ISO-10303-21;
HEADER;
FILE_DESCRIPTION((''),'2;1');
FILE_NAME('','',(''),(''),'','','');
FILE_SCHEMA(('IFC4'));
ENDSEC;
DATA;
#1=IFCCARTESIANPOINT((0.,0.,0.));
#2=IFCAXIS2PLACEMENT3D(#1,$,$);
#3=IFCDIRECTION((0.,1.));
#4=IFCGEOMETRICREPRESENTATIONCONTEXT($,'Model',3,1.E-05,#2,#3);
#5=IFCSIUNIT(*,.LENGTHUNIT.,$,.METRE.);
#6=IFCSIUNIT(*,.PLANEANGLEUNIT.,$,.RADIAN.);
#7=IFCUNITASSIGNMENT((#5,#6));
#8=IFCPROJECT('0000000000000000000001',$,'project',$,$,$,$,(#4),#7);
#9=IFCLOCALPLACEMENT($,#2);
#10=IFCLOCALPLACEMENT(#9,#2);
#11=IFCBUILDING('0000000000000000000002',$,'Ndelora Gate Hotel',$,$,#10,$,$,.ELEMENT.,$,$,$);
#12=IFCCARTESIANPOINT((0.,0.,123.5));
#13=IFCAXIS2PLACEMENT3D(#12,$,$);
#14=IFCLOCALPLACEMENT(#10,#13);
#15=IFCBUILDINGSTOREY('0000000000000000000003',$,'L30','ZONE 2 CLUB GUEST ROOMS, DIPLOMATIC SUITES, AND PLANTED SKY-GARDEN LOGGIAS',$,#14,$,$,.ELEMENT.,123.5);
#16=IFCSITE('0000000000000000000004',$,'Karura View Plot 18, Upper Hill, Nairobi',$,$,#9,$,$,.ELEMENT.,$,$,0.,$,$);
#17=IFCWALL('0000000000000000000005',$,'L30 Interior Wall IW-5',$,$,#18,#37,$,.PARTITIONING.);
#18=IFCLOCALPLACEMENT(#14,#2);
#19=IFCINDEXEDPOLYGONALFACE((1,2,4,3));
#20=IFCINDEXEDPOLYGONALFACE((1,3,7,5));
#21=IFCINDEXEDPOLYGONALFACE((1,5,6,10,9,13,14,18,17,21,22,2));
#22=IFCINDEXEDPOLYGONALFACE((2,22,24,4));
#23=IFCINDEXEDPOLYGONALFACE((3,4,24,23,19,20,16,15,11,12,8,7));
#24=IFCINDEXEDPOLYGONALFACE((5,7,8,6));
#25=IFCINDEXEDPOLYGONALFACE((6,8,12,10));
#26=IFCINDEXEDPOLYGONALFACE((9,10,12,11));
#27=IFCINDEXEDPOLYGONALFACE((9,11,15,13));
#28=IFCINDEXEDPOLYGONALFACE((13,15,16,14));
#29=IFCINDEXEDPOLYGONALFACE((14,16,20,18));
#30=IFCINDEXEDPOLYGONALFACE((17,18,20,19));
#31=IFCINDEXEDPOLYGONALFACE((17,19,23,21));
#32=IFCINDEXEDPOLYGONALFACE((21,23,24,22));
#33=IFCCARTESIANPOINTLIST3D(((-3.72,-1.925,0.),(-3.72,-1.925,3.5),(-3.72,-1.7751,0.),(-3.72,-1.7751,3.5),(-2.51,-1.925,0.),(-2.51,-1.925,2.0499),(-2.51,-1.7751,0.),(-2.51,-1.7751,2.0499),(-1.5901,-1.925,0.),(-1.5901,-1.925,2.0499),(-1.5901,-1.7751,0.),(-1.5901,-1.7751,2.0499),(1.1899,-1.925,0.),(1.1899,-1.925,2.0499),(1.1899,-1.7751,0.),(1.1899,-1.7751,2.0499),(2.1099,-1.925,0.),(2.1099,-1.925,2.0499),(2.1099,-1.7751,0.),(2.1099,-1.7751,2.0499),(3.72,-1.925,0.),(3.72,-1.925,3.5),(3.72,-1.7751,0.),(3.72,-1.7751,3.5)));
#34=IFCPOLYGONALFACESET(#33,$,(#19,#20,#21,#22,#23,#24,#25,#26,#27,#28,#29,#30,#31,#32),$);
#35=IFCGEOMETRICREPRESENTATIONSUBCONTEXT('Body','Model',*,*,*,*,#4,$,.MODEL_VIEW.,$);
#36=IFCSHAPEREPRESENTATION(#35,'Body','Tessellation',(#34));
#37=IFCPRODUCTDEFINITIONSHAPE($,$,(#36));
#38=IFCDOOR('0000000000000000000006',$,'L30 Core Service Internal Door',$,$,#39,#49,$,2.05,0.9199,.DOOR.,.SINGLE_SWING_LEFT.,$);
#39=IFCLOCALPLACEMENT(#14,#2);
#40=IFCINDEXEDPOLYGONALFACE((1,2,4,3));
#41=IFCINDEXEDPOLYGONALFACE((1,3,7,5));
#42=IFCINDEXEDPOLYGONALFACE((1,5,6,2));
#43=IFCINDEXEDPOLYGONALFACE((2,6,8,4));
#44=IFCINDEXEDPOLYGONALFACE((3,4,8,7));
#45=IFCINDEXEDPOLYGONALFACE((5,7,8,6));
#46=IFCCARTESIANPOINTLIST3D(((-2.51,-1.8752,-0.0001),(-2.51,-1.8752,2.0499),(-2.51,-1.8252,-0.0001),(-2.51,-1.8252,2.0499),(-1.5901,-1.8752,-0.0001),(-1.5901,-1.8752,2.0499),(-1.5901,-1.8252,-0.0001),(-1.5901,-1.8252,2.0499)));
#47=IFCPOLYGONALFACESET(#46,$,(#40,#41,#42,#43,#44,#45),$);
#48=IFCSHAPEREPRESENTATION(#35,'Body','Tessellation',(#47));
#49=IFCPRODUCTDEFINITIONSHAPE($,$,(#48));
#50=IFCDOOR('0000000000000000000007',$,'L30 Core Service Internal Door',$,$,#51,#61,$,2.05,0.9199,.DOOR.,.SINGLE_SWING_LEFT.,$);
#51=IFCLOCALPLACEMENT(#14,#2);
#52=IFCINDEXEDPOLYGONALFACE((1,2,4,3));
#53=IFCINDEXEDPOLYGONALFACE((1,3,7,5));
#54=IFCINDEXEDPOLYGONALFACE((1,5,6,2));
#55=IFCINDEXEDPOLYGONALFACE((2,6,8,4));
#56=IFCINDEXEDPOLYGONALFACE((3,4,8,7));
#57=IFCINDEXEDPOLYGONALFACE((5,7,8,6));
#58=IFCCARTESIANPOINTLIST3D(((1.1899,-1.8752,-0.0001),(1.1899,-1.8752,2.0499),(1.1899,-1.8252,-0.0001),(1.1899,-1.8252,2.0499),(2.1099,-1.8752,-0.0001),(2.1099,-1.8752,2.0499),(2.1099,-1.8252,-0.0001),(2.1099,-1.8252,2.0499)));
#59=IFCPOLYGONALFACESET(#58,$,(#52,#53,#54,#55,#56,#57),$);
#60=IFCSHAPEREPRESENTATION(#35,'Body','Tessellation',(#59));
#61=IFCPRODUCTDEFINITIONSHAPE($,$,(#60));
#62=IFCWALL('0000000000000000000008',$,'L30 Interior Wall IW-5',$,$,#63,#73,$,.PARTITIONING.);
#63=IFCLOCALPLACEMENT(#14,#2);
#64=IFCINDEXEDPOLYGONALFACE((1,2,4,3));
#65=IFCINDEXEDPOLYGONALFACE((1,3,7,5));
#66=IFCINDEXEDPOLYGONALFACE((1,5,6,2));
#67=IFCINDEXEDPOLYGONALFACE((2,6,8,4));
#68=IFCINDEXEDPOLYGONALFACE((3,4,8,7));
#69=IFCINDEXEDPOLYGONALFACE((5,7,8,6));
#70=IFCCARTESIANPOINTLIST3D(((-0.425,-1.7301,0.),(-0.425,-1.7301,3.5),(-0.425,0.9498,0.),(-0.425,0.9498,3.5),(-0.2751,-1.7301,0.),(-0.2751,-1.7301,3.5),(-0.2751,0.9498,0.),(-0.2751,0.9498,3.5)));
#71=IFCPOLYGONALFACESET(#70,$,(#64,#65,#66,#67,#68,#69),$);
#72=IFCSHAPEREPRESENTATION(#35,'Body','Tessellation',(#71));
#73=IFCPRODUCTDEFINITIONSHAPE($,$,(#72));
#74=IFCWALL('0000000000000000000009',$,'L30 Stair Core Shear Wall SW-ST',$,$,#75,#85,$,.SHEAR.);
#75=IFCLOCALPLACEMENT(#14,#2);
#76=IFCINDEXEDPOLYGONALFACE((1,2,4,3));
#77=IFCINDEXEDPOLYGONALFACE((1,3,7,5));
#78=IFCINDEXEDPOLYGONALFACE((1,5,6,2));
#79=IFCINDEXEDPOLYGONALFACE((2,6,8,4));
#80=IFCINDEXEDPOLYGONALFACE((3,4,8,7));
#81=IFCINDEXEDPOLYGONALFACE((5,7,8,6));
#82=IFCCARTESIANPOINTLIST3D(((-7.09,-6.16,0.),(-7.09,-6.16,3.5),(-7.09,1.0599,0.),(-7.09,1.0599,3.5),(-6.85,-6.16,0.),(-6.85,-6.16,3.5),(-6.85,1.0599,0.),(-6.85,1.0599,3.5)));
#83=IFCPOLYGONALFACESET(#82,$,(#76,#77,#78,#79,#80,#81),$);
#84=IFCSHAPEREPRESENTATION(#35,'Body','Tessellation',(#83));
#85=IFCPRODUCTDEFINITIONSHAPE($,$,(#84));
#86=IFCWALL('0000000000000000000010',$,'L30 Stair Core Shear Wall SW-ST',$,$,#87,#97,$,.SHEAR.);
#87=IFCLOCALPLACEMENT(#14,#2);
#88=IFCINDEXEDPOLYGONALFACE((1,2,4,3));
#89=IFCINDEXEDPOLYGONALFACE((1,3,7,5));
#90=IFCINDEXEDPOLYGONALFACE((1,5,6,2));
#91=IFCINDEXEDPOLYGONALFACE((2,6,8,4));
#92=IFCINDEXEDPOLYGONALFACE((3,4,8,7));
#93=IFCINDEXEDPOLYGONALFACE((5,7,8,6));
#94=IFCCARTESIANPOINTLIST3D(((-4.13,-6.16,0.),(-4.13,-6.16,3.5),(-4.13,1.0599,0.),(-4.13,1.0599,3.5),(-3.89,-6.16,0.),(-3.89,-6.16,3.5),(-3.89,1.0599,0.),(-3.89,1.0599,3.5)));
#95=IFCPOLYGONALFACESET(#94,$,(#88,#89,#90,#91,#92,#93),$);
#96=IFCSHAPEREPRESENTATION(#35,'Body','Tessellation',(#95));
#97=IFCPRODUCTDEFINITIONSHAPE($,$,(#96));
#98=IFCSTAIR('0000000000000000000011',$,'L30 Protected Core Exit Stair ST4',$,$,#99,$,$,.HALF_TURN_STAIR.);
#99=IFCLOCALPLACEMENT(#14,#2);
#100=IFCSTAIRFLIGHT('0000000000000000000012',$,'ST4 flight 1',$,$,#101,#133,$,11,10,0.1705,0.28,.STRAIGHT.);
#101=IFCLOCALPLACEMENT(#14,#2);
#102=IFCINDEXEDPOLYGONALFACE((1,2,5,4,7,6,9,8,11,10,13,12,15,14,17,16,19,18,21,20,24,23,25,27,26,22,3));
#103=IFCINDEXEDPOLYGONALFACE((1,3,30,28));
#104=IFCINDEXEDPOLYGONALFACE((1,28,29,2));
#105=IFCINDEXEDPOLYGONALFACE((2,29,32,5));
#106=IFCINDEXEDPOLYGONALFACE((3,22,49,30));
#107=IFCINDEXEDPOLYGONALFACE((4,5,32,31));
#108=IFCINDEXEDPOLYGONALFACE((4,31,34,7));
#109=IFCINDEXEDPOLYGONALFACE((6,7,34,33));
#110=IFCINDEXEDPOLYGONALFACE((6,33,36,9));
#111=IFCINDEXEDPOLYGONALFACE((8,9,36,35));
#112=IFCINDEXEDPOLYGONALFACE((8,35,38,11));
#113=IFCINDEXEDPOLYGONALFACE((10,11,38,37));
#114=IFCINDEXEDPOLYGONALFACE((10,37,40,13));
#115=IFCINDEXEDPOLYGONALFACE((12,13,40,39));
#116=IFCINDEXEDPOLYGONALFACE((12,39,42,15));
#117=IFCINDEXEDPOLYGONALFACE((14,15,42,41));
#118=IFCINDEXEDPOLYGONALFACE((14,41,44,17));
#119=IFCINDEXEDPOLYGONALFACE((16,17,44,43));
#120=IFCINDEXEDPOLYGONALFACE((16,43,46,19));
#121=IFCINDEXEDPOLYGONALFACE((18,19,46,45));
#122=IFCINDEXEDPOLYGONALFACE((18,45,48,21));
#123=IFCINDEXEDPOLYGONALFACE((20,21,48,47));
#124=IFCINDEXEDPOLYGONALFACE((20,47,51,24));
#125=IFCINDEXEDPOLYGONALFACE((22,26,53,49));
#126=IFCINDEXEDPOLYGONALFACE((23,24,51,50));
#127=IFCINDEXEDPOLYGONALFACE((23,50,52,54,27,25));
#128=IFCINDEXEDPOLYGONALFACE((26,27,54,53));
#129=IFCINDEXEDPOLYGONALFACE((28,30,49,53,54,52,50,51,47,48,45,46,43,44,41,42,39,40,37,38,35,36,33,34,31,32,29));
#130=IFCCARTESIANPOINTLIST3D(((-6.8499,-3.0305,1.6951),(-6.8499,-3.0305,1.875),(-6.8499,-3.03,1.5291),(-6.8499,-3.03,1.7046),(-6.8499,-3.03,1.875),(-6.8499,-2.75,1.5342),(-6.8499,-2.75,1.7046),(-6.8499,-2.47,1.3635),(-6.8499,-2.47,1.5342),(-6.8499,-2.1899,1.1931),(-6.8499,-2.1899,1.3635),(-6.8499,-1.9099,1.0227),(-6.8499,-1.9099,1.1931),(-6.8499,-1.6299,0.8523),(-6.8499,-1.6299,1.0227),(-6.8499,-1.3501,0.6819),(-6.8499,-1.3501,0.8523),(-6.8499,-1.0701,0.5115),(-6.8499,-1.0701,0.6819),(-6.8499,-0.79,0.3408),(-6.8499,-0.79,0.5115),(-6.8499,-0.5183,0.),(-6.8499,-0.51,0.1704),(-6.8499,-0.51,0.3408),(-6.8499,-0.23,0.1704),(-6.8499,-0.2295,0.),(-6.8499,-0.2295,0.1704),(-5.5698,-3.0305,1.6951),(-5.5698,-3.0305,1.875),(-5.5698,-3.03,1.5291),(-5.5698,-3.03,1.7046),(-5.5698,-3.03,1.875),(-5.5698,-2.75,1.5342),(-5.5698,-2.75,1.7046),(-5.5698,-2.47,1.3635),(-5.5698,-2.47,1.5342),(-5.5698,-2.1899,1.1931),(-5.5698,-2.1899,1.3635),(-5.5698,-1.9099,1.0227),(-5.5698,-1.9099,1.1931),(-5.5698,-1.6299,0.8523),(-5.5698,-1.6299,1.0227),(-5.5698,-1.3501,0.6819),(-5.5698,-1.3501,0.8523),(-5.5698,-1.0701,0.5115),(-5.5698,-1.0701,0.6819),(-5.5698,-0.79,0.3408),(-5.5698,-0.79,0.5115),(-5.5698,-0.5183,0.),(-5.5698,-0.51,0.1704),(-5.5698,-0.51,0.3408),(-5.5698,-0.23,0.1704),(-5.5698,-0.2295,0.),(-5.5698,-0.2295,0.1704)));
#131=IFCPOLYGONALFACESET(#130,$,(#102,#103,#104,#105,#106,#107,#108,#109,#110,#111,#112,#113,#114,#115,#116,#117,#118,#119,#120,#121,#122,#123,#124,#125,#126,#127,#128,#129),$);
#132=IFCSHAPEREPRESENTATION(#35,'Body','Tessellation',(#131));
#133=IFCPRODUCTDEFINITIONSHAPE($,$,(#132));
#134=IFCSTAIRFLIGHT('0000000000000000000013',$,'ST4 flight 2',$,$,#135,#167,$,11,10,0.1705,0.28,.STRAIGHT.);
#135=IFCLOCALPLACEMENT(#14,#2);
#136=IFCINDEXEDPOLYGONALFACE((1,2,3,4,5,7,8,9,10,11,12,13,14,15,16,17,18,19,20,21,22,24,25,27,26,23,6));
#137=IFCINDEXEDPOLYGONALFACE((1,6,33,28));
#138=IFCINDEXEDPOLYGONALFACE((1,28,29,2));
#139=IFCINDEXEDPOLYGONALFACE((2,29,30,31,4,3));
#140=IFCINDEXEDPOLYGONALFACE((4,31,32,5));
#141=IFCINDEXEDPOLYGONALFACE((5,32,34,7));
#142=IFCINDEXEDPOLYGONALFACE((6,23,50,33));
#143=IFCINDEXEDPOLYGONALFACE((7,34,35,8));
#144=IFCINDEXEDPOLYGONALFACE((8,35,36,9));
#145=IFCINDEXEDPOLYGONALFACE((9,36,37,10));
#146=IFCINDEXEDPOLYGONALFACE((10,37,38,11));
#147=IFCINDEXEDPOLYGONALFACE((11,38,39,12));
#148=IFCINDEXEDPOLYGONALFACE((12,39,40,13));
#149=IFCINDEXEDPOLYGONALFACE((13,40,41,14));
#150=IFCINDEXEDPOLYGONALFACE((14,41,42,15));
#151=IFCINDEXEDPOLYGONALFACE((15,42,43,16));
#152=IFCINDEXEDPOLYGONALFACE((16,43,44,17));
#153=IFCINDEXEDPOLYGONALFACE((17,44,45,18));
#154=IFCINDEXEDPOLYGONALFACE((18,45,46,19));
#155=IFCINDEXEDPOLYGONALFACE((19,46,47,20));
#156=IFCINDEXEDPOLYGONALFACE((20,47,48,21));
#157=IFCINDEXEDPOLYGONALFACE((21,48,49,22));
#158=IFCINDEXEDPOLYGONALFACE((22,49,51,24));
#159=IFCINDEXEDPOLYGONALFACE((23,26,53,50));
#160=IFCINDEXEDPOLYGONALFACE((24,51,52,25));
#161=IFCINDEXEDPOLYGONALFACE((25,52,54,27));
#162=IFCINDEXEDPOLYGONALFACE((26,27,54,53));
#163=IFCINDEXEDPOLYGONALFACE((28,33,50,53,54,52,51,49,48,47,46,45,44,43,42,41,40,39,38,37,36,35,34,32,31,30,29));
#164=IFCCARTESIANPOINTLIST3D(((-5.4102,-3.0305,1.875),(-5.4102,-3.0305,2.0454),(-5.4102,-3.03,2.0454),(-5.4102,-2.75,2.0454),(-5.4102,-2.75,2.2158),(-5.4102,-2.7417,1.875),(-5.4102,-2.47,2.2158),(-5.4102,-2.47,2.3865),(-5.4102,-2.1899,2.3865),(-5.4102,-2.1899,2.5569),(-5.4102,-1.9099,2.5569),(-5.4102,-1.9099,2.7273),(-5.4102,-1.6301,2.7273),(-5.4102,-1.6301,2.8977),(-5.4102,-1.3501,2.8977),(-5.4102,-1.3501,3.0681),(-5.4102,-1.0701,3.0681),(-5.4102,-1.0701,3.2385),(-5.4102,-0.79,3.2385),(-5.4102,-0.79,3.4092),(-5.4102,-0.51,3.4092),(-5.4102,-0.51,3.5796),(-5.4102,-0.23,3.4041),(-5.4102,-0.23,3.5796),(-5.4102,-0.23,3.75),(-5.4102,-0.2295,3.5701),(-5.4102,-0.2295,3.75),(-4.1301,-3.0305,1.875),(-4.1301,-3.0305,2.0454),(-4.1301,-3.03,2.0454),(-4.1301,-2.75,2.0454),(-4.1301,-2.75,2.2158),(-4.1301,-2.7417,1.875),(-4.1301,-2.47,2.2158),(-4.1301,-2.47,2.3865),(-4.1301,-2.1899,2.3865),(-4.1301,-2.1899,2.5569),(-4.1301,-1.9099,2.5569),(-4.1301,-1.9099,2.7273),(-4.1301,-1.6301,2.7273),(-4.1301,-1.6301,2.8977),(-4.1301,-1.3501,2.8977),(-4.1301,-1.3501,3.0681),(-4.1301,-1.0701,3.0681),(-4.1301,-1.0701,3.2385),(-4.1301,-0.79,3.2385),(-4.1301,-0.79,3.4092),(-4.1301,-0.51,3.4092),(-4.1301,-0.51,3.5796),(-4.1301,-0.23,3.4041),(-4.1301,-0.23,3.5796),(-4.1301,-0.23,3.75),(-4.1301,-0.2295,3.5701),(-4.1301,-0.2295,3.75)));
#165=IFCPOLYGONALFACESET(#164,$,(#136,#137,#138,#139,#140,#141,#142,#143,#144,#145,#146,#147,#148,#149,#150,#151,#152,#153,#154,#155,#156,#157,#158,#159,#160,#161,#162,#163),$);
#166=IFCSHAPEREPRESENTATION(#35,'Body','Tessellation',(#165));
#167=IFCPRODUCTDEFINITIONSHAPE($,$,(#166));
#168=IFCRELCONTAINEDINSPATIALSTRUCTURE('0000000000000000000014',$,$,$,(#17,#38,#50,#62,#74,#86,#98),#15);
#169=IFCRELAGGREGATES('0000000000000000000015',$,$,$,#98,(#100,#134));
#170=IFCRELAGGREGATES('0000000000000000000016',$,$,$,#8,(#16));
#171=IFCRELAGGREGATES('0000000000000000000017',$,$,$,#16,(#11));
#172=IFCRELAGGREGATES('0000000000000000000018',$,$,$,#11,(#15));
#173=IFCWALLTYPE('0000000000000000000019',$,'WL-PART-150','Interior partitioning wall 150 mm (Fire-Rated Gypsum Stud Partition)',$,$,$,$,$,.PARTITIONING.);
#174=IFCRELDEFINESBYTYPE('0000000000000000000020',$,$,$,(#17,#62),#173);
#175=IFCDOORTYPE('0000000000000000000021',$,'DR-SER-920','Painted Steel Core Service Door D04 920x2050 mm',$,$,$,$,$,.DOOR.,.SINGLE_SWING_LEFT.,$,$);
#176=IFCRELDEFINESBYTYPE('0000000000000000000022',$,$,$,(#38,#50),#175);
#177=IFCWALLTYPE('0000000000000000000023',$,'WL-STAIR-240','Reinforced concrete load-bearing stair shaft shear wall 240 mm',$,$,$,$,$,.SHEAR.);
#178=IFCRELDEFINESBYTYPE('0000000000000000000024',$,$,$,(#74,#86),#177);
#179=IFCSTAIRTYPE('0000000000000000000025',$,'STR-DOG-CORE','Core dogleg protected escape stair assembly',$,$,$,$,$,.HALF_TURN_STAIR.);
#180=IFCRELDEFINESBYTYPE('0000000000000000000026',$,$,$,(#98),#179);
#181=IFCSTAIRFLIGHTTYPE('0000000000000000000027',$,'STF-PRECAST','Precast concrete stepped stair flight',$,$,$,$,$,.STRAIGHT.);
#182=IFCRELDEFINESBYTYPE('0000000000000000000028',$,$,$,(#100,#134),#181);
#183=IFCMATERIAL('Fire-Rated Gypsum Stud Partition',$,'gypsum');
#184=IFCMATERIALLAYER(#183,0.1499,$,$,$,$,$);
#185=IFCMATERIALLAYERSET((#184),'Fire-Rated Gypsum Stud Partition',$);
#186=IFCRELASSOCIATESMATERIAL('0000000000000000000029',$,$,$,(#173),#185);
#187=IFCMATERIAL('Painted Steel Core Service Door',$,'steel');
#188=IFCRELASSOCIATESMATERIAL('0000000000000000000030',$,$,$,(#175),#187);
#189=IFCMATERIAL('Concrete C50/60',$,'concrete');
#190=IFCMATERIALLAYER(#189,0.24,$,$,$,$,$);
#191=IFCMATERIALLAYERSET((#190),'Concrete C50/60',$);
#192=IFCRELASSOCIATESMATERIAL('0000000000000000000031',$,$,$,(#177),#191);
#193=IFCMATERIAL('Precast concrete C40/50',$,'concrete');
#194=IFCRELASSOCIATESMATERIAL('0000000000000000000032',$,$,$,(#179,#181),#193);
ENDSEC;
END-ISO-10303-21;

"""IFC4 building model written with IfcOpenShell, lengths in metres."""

from ifc_helpers import new_model, si_unit, direction, frame, frame_2d, origin, place, context, subcontext, project, spatial, polyline, rectangle, outline, extrude, material, layer, layer_set, type_object, element, fill, aggregate, save


model = new_model("IFC4")

# Units and contexts
model_context = context("Model", 3, precision=1e-05, world=origin(), true_north=direction((0.0, 1.0)))
body_context = subcontext(model_context, "Body", "Model", "MODEL_VIEW")
ifc_project = project(units=[si_unit("LENGTHUNIT", "METRE"), si_unit("PLANEANGLEUNIT", "RADIAN")], contexts=[model_context])

# Site, building, storey
site_placement = place(None, origin())
site = spatial("IfcSite", under=ifc_project, at=site_placement, Name="Karura View Plot 18, Upper Hill, Nairobi", CompositionType="ELEMENT", RefElevation=0.0)
building_placement = place(site_placement, origin())
building = spatial("IfcBuilding", under=site, at=building_placement, Name="Ndelora Gate Hotel", CompositionType="ELEMENT")
storey_placement = place(building_placement, frame((0.0, 0.0, 123.5)))
storey = spatial("IfcBuildingStorey", under=building, at=storey_placement, Name="L30", Description="ZONE 2 CLUB GUEST ROOMS, DIPLOMATIC SUITES, AND PLANTED SKY-GARDEN LOGGIAS", CompositionType="ELEMENT", Elevation=123.5)

# Wall, openings, doors
ifc_material_1 = material(Name="Fire-Rated Gypsum Stud Partition", Category="gypsum")
ifc_layer_1 = layer(ifc_material_1, 0.1499)
ifc_layer_set_1 = layer_set([ifc_layer_1], Name="Fire-Rated Gypsum Stud Partition")
wall_type_1 = type_object("IfcWallType", Name="WL-PART-150", Description="Interior partitioning wall 150 mm (Fire-Rated Gypsum Stud Partition)", PredefinedType="PARTITIONING", material=ifc_layer_set_1)
wall_1_placement = place(storey_placement, frame((-3.72, -1.8501, 0.0), z_axis=(0.0, 0.0, 1.0), x_axis=(1.0, 0.0, 0.0)))
wall_1 = element("IfcWall", 1, at=wall_1_placement, inside=storey, type_object=wall_type_1, Name="L30 Interior Wall IW-5", PredefinedType="PARTITIONING", context=body_context, shape_type="SweptSolid", body=[
    extrude(rectangle(XDim=7.4399, YDim=0.1499, at=frame_2d((3.72, 0.0))), origin(), (0.0, 0.0, 1.0), 3.5),
])
opening_1_placement = place(wall_1_placement, frame((1.21, 0.0, 0.0)))
opening_1 = element("IfcOpeningElement", 2, at=opening_1_placement, cuts=wall_1, PredefinedType="OPENING", context=body_context, shape_type="SweptSolid", body=[
    extrude(rectangle(XDim=0.9199, YDim=2.05, at=frame_2d((0.46, 1.0249))), frame((0.0, 0.085, 0.0), z_axis=(0.0, -1.0, 0.0), x_axis=(1.0, 0.0, 0.0)), (0.0, 0.0, 1.0), 0.1699),
])
opening_2_placement = place(wall_1_placement, frame((4.9099, 0.0, 0.0)))
opening_2 = element("IfcOpeningElement", 3, at=opening_2_placement, cuts=wall_1, PredefinedType="OPENING", context=body_context, shape_type="SweptSolid", body=[
    extrude(rectangle(XDim=0.9199, YDim=2.05, at=frame_2d((0.46, 1.0249))), frame((0.0, 0.085, 0.0), z_axis=(0.0, -1.0, 0.0), x_axis=(1.0, 0.0, 0.0)), (0.0, 0.0, 1.0), 0.1699),
])
ifc_material_2 = material(Name="Painted Steel Core Service Door", Category="steel")
door_type = type_object("IfcDoorType", Name="DR-SER-920", Description="Painted Steel Core Service Door D04 920x2050 mm", OperationType="SINGLE_SWING_LEFT", PredefinedType="DOOR", material=ifc_material_2)
door_1_placement = place(opening_1_placement, origin())
door_1 = element("IfcDoor", 4, at=door_1_placement, inside=storey, type_object=door_type, Name="L30 Core Service Internal Door", OperationType="SINGLE_SWING_LEFT", OverallHeight=2.05, OverallWidth=0.9199, PredefinedType="DOOR", context=body_context, shape_type="SweptSolid", body=[
    extrude(rectangle(XDim=0.9199, YDim=2.05, at=frame_2d((0.46, 1.0249))), frame((0.0, 0.0249, 0.0), z_axis=(0.0, -1.0, 0.0), x_axis=(1.0, 0.0, 0.0)), (0.0, 0.0, 1.0), 0.05),
])
fill(opening_1, door_1)
door_2_placement = place(opening_2_placement, origin())
door_2 = element("IfcDoor", 5, at=door_2_placement, inside=storey, type_object=door_type, Name="L30 Core Service Internal Door", OperationType="SINGLE_SWING_LEFT", OverallHeight=2.05, OverallWidth=0.9199, PredefinedType="DOOR", context=body_context, shape_type="SweptSolid", body=[
    extrude(rectangle(XDim=0.9199, YDim=2.05, at=frame_2d((0.46, 1.0249))), frame((0.0, 0.0249, 0.0), z_axis=(0.0, -1.0, 0.0), x_axis=(1.0, 0.0, 0.0)), (0.0, 0.0, 1.0), 0.05),
])
fill(opening_2, door_2)

# Walls
wall_2_placement = place(storey_placement, frame((-0.3501, -1.73, 0.0), z_axis=(0.0, 0.0, 1.0), x_axis=(0.0, 1.0, 0.0)))
element("IfcWall", 6, at=wall_2_placement, inside=storey, type_object=wall_type_1, Name="L30 Interior Wall IW-5", PredefinedType="PARTITIONING", context=body_context, shape_type="SweptSolid", body=[
    extrude(rectangle(XDim=2.6799, YDim=0.1499, at=frame_2d((1.3398, 0.0))), origin(), (0.0, 0.0, 1.0), 3.5),
])
ifc_material_3 = material(Name="Concrete C50/60", Category="concrete")
ifc_layer_2 = layer(ifc_material_3, 0.24)
ifc_layer_set_2 = layer_set([ifc_layer_2], Name="Concrete C50/60")
wall_type_2 = type_object("IfcWallType", Name="WL-STAIR-240", Description="Reinforced concrete load-bearing stair shaft shear wall 240 mm", PredefinedType="SHEAR", material=ifc_layer_set_2)
for number, where, z_axis, x_axis, name in (
    (7, (-6.97, -6.1599, 0.0), (0.0, 0.0, 1.0), (0.0, 1.0, 0.0), "L30 Stair Core Shear Wall SW-ST"),
    (8, (-4.01, -6.1599, 0.0), (0.0, 0.0, 1.0), (0.0, 1.0, 0.0), "L30 Stair Core Shear Wall SW-ST"),
):
    element("IfcWall", number, at=place(storey_placement, frame(where, z_axis=z_axis, x_axis=x_axis)), inside=storey, type_object=wall_type_2, Name=name, PredefinedType="SHEAR", context=body_context, shape_type="SweptSolid", body=[
        extrude(rectangle(XDim=7.22, YDim=0.24, at=frame_2d((3.6099, 0.0))), origin(), (0.0, 0.0, 1.0), 3.5),
    ])

# Stair, stair flights
ifc_material_4 = material(Name="Precast concrete C40/50", Category="concrete")
stair_type = type_object("IfcStairType", Name="STR-DOG-CORE", Description="Core dogleg protected escape stair assembly", PredefinedType="HALF_TURN_STAIR", material=ifc_material_4)
stair_placement = place(storey_placement, origin())
stair = element("IfcStair", 9, at=stair_placement, inside=storey, type_object=stair_type, Name="L30 Protected Core Exit Stair ST4", PredefinedType="HALF_TURN_STAIR")
stair_flight_type = type_object("IfcStairFlightType", Name="STF-PRECAST", Description="Precast concrete stepped stair flight", PredefinedType="STRAIGHT", material=ifc_material_4)
stair_flight_1_placement = place(storey_placement, frame((-6.21, -0.23, 0.0), z_axis=(0.0, 0.0, 1.0), x_axis=(0.0, -1.0, 0.0)))
stair_flight_1 = element("IfcStairFlight", 10, at=stair_flight_1_placement, type_object=stair_flight_type, Name="ST4 flight 1", NumberOfRisers=11, NumberOfTreads=10, PredefinedType="STRAIGHT", RiserHeight=0.1705, TreadLength=0.28, context=body_context, shape_type="SweptSolid", body=[
    extrude(outline(polyline([(-0.0005, 0.0), (-0.0005, 0.1704), (0.0, 0.1704), (0.28, 0.1704), (0.28, 0.3408), (0.5601, 0.3408), (0.5601, 0.5115), (0.8401, 0.5115), (0.8401, 0.6819), (1.1201, 0.6819), (1.1201, 0.8523), (1.3999, 0.8523), (1.3999, 1.0227), (1.6799, 1.0227), (1.6799, 1.1931), (1.96, 1.1931), (1.96, 1.3635), (2.24, 1.3635), (2.24, 1.5342), (2.52, 1.5342), (2.52, 1.7046), (2.8, 1.7046), (2.8, 1.875), (2.8005, 1.875), (2.8005, 1.6951), (2.8, 1.5291), (0.2883, 0.0), (-0.0005, 0.0)])), frame((0.0, 0.6401, 0.0), z_axis=(0.0, -1.0, 0.0), x_axis=(1.0, 0.0, 0.0)), (0.0, 0.0, 1.0), 1.28),
])
stair_flight_2_placement = place(storey_placement, frame((-4.77, -3.03, 1.875), z_axis=(0.0, 0.0, 1.0), x_axis=(0.0, 1.0, 0.0)))
stair_flight_2 = element("IfcStairFlight", 11, at=stair_flight_2_placement, type_object=stair_flight_type, Name="ST4 flight 2", NumberOfRisers=11, NumberOfTreads=10, PredefinedType="STRAIGHT", RiserHeight=0.1705, TreadLength=0.28, context=body_context, shape_type="SweptSolid", body=[
    extrude(outline(polyline([(-0.0005, 0.0), (-0.0005, 0.1704), (0.0, 0.1704), (0.28, 0.1704), (0.28, 0.3408), (0.5601, 0.3408), (0.5601, 0.5115), (0.8401, 0.5115), (0.8401, 0.6819), (1.1201, 0.6819), (1.1201, 0.8523), (1.3999, 0.8523), (1.3999, 1.0227), (1.6799, 1.0227), (1.6799, 1.1931), (1.96, 1.1931), (1.96, 1.3635), (2.24, 1.3635), (2.24, 1.5342), (2.52, 1.5342), (2.52, 1.7046), (2.8, 1.7046), (2.8, 1.875), (2.8005, 1.875), (2.8005, 1.6951), (2.8, 1.5291), (0.2883, 0.0), (-0.0005, 0.0)])), frame((0.0, 0.6401, 0.0), z_axis=(0.0, -1.0, 0.0), x_axis=(1.0, 0.0, 0.0)), (0.0, 0.0, 1.0), 1.28),
])
aggregate(stair, [stair_flight_1, stair_flight_2])

save(model, "model.ifc")
